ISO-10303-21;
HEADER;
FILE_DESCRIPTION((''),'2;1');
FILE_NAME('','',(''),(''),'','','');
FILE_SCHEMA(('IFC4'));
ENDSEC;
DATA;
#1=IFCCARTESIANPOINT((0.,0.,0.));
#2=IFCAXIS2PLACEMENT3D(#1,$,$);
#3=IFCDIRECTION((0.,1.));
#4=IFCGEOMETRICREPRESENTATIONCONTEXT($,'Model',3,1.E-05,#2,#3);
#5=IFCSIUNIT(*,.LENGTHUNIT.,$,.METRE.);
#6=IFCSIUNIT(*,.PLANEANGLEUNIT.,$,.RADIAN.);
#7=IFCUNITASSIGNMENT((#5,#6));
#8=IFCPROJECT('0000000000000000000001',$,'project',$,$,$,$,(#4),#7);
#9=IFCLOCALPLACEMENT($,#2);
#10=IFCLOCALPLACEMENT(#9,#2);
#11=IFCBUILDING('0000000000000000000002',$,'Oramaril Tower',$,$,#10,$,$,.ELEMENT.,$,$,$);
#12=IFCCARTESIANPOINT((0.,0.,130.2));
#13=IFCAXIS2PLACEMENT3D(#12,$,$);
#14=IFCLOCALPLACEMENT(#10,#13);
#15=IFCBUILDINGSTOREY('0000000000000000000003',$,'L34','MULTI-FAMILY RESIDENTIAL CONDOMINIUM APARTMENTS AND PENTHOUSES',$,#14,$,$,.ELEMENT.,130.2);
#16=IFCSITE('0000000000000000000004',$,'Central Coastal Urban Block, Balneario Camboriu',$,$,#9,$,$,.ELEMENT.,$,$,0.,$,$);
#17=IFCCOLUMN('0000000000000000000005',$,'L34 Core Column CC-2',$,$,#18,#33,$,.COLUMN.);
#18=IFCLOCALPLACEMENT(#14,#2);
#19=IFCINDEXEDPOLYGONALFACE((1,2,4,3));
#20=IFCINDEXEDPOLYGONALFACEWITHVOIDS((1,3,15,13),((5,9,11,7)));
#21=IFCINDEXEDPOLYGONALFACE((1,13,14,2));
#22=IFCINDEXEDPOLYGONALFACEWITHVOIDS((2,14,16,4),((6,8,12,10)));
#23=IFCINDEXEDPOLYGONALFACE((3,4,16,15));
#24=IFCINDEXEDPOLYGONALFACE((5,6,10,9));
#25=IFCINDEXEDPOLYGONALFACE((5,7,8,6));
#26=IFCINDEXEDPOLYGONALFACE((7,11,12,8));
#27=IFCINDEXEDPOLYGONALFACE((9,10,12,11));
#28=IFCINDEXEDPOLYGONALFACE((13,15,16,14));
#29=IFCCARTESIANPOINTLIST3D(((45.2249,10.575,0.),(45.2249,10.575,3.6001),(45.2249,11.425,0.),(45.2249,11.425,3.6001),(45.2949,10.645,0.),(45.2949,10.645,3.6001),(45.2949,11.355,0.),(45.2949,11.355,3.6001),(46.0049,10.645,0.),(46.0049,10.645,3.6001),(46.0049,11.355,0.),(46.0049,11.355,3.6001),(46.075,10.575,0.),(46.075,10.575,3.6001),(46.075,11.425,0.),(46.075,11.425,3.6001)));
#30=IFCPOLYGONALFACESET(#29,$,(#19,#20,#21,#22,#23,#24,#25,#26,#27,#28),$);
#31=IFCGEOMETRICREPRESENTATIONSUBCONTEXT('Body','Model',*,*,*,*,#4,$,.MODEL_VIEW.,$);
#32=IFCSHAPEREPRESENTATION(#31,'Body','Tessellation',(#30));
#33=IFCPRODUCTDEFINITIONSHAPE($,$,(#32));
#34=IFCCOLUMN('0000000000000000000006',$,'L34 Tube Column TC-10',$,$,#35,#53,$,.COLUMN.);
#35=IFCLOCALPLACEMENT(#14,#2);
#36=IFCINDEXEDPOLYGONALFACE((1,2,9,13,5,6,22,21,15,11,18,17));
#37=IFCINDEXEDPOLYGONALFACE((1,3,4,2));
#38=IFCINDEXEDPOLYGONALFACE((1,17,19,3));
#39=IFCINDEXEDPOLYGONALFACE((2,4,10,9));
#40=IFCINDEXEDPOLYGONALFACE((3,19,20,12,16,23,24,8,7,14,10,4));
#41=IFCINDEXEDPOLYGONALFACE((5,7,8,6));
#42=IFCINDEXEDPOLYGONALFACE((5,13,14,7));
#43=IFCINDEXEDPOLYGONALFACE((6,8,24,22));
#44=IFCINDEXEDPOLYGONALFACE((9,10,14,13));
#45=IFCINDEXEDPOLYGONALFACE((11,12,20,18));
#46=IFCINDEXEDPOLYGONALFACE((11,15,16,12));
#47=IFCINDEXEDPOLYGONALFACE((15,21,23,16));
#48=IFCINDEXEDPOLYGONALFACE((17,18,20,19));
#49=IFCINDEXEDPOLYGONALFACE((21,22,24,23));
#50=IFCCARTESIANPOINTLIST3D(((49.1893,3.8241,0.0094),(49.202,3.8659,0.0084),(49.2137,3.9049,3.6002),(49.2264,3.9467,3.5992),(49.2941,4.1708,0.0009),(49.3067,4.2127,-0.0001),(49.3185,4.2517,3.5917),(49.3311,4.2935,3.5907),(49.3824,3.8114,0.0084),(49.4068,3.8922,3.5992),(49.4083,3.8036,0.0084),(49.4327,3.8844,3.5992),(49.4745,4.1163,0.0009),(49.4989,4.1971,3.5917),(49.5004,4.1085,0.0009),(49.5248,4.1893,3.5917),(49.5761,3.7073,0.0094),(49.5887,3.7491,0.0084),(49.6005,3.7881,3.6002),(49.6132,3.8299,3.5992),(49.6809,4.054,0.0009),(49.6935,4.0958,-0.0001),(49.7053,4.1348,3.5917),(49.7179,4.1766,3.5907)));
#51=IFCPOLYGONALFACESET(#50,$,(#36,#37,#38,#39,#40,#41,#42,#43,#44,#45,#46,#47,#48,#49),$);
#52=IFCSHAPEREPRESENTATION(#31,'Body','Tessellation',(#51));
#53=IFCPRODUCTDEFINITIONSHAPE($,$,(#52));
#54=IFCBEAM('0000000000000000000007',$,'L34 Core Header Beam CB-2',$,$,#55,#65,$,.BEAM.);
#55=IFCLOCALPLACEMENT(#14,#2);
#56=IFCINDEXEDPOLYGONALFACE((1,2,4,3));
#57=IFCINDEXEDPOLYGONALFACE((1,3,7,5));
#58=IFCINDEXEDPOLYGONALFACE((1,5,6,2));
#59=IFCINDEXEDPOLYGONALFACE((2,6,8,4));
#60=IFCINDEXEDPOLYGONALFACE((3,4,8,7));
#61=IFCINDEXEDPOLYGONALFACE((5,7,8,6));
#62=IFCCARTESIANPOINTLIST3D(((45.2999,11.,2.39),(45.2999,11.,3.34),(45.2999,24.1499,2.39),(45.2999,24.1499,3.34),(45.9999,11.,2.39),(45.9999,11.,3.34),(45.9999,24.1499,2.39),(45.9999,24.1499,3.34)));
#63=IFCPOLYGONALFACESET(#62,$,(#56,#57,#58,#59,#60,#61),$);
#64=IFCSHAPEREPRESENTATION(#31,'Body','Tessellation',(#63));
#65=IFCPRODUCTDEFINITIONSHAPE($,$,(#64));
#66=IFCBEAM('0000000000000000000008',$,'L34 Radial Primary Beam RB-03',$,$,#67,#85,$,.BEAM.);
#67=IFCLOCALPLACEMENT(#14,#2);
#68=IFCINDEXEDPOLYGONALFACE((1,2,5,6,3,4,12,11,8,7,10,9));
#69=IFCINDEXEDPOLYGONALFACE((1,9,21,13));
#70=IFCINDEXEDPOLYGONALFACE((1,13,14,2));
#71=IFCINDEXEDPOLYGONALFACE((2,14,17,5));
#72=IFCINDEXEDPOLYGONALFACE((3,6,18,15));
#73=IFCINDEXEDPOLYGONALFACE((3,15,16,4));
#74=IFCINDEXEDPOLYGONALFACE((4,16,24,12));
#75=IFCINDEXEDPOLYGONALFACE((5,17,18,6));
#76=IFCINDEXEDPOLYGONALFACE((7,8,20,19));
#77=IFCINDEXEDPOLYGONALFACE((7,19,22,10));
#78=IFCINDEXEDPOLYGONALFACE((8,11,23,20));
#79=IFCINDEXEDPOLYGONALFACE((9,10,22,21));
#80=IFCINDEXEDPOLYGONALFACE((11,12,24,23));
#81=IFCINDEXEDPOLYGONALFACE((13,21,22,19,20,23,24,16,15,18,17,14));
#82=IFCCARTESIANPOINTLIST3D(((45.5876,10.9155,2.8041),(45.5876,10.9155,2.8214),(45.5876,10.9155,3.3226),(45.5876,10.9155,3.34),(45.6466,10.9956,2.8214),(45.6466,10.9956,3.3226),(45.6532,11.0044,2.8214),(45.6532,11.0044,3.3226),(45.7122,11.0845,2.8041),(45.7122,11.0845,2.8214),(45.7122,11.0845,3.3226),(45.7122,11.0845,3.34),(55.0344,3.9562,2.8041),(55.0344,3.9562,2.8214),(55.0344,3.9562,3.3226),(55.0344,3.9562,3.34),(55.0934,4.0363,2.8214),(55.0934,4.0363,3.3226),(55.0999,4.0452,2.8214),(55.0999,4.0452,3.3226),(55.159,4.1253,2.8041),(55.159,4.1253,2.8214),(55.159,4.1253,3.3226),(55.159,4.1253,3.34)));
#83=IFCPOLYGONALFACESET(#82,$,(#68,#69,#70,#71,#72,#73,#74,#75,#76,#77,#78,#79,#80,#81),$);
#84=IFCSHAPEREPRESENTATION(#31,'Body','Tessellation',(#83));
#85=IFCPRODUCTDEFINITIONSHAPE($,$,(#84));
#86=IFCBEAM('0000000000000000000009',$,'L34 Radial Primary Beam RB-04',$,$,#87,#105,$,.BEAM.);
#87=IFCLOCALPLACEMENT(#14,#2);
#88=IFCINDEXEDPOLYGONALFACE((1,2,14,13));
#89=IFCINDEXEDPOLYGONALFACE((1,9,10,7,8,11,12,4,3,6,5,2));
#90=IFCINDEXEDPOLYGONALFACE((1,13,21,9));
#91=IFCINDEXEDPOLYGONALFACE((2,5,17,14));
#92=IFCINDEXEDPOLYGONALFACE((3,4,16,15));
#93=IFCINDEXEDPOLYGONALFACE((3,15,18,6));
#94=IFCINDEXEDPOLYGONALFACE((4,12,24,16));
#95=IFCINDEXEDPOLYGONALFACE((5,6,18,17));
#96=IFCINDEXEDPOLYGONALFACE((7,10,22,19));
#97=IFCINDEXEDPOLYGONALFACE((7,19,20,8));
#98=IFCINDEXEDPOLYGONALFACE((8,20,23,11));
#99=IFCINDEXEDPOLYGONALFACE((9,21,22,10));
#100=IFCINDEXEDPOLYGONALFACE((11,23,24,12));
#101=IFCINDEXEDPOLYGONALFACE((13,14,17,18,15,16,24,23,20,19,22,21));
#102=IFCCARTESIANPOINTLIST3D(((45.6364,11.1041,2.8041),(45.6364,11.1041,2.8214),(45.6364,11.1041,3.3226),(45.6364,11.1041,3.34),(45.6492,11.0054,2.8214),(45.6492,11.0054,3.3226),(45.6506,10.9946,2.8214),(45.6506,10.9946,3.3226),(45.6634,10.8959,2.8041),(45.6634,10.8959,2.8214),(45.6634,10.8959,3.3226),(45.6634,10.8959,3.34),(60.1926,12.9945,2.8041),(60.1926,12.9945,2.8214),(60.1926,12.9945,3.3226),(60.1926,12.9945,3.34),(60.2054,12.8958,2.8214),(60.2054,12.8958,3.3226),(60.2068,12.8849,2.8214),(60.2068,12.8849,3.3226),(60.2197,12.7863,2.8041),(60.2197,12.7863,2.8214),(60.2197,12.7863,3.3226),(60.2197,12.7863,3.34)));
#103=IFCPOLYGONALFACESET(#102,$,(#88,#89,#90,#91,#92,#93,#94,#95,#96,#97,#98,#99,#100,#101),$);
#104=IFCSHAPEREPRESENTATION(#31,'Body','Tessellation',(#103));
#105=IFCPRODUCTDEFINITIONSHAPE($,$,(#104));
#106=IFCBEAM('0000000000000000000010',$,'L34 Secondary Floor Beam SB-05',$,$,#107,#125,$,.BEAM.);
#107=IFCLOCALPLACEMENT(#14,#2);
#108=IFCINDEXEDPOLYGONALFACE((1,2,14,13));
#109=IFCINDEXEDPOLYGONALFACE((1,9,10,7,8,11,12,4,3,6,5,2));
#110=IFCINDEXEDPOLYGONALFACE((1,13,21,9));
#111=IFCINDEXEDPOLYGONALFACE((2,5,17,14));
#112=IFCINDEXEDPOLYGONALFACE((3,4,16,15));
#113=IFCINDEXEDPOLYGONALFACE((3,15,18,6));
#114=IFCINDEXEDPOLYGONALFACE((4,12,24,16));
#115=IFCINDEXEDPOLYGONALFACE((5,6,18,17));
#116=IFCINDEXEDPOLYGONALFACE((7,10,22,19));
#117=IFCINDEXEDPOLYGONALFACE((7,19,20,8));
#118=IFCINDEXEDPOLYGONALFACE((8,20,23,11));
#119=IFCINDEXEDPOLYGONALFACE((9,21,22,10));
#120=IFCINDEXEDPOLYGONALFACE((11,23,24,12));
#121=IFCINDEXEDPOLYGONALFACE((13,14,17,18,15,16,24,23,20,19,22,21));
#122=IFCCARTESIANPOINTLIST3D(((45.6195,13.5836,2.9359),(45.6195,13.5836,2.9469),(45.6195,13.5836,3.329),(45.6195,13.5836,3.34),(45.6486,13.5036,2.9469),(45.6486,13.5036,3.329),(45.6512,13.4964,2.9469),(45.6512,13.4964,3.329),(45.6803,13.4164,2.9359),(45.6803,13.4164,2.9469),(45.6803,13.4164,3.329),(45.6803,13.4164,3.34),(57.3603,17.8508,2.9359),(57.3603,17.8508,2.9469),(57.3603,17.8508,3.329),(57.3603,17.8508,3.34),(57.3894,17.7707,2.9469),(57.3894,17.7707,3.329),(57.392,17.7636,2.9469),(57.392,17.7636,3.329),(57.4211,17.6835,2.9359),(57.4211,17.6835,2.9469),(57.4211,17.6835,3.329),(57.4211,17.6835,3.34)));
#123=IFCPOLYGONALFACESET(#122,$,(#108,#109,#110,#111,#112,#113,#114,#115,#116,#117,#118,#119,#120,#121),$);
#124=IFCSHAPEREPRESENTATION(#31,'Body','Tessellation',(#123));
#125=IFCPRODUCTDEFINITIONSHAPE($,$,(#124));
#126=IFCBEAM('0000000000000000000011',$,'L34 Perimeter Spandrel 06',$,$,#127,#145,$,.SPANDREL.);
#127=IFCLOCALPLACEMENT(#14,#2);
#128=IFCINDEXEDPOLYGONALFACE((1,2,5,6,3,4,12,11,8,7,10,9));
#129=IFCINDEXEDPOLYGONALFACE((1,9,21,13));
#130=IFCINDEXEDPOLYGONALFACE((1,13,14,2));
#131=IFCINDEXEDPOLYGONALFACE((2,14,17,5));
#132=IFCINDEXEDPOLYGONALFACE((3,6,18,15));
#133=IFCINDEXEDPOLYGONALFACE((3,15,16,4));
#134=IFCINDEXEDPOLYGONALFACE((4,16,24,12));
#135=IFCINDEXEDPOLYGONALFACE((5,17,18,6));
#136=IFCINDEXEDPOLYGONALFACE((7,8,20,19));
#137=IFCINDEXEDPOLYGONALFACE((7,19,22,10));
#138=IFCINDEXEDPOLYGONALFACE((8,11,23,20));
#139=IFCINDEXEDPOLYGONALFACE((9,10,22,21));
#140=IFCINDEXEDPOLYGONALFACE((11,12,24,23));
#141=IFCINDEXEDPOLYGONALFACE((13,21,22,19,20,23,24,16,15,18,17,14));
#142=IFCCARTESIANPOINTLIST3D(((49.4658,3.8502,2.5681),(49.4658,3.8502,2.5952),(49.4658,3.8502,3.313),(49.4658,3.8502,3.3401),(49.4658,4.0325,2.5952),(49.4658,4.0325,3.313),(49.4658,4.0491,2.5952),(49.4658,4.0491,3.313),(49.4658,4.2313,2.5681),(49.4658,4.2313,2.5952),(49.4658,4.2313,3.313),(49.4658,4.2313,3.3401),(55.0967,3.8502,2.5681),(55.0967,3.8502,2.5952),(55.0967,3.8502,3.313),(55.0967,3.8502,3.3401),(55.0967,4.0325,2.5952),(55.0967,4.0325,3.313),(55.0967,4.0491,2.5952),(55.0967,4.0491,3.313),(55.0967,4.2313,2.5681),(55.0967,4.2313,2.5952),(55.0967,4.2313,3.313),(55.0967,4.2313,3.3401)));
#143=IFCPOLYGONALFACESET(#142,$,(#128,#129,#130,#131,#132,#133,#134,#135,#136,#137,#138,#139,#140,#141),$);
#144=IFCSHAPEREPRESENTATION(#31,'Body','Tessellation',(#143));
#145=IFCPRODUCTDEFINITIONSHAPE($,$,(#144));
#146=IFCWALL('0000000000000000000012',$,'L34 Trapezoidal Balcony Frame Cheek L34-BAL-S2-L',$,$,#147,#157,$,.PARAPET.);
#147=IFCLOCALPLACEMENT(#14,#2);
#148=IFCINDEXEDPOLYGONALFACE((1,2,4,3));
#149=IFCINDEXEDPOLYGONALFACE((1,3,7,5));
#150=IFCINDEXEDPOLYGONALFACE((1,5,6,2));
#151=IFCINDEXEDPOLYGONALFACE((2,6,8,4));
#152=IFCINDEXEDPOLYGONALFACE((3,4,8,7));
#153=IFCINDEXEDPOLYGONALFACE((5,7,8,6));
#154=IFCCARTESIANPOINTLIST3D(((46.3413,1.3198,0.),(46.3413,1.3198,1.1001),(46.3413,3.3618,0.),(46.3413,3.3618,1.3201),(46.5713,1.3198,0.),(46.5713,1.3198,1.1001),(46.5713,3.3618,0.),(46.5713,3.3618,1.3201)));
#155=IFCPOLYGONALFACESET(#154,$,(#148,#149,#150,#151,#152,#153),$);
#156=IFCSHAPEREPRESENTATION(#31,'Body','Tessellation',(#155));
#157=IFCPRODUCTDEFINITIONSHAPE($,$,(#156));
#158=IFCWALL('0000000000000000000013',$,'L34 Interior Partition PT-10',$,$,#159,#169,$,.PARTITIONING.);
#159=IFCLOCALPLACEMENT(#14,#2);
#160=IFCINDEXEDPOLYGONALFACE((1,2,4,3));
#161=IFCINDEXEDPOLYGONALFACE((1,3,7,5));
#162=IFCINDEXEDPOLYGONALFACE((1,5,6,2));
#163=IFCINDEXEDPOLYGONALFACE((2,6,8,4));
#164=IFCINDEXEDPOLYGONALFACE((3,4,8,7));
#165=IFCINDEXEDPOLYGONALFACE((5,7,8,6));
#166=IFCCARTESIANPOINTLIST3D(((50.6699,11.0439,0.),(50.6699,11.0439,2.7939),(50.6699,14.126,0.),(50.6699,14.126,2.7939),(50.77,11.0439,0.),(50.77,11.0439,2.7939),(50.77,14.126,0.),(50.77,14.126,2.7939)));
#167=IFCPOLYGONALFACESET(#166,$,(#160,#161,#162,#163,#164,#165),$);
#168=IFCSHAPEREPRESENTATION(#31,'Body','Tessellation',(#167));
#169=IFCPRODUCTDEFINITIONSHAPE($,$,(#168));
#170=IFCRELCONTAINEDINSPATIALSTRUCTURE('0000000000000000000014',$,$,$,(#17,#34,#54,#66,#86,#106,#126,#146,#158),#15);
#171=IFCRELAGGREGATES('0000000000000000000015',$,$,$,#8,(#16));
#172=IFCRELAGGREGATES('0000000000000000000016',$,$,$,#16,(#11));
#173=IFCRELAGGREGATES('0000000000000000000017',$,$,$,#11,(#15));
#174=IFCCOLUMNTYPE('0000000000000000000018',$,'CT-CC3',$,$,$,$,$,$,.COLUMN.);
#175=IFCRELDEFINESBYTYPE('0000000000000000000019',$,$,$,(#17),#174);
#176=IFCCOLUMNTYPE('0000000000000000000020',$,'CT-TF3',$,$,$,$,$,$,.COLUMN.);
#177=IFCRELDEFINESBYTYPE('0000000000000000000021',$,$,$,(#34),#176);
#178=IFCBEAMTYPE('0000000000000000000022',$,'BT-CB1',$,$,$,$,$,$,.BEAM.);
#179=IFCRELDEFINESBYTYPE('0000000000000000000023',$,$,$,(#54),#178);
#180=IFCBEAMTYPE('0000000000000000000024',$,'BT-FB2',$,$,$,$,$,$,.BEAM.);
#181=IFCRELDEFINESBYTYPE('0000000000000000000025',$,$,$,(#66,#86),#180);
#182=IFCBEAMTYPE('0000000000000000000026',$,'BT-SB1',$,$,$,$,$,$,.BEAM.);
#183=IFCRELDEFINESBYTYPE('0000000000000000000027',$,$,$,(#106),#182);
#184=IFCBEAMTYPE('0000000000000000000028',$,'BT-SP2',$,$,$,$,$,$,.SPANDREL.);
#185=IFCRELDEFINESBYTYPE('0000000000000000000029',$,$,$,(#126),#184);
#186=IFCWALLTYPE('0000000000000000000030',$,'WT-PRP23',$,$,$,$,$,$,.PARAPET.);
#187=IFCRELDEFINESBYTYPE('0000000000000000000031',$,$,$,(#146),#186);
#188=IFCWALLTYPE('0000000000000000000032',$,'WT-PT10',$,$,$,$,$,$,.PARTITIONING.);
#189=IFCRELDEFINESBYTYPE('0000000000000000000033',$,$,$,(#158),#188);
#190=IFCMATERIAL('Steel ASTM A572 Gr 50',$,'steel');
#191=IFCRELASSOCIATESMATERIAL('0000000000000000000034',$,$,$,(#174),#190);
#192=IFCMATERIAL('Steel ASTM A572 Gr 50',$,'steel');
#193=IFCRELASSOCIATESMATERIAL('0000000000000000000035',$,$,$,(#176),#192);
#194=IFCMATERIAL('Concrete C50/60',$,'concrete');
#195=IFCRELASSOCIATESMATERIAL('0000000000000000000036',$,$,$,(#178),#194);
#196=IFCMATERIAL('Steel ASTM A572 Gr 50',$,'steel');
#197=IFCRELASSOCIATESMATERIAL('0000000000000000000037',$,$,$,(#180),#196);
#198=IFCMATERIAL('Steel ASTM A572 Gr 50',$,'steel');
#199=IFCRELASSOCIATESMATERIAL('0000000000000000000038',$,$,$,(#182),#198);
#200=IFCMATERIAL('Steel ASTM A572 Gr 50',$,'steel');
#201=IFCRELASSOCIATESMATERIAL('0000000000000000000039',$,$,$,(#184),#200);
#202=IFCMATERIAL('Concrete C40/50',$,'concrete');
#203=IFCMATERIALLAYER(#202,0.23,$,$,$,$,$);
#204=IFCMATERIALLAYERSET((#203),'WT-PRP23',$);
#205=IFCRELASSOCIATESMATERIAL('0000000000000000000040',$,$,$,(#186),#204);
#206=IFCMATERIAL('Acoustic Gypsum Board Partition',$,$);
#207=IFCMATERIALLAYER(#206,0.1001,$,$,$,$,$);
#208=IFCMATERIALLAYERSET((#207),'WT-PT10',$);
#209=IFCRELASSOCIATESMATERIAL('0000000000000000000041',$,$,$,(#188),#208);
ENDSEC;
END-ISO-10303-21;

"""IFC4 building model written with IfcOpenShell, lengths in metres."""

from ifc_helpers import new_model, si_unit, direction, frame, frame_2d, origin, origin_2d, place, context, subcontext, project, spatial, polyline, rectangle, hollow_rectangle, i_section, outline, extrude, material, layer, layer_set, material_profile, profile_set, type_object, element, save


model = new_model("IFC4")

# Units and contexts
model_context = context("Model", 3, precision=1e-05, world=origin(), true_north=direction((0.0, 1.0)))
body_context = subcontext(model_context, "Body", "Model", "MODEL_VIEW")
ifc_project = project(units=[si_unit("LENGTHUNIT", "METRE"), si_unit("PLANEANGLEUNIT", "RADIAN")], contexts=[model_context])

# Site, building, storey
site_placement = place(None, origin())
site = spatial("IfcSite", under=ifc_project, at=site_placement, Name="Central Coastal Urban Block, Balneario Camboriu", CompositionType="ELEMENT", RefElevation=0.0)
building_placement = place(site_placement, origin())
building = spatial("IfcBuilding", under=site, at=building_placement, Name="Oramaril Tower", CompositionType="ELEMENT")
storey_placement = place(building_placement, frame((0.0, 0.0, 130.2)))
storey = spatial("IfcBuildingStorey", under=building, at=storey_placement, Name="L34", Description="MULTI-FAMILY RESIDENTIAL CONDOMINIUM APARTMENTS AND PENTHOUSES", CompositionType="ELEMENT", Elevation=130.2)

# Columns
ifc_material_1 = material(Name="Steel ASTM A572 Gr 50", Category="steel")
ifc_material_profile_1 = material_profile(ifc_material_1, hollow_rectangle(XDim=0.8501, YDim=0.8501, WallThickness=0.0701, at=origin_2d()), Name="BOX850X850X70")
ifc_profile_set_1 = profile_set([ifc_material_profile_1], Name="Steel ASTM A572 Gr 50")
column_type_1 = type_object("IfcColumnType", Name="CT-CC3", PredefinedType="COLUMN", material=ifc_profile_set_1)
column_1_placement = place(storey_placement, frame((45.6499, 11.0, 0.0), z_axis=(0.0, 0.0, 1.0), x_axis=(1.0, 0.0, 0.0)))
element("IfcColumn", 1, at=column_1_placement, inside=storey, type_object=column_type_1, Name="L34 Core Column CC-2", PredefinedType="COLUMN", context=body_context, shape_type="SweptSolid", body=[
    extrude(hollow_rectangle(XDim=0.8501, YDim=0.8501, WallThickness=0.0701, at=origin_2d()), origin(), (0.0, 0.0, 1.0), 3.6001),
])
ifc_material_2 = material(Name="Steel ASTM A572 Gr 50", Category="steel")
ifc_material_profile_2 = material_profile(ifc_material_2, i_section(OverallWidth=0.4041, OverallDepth=0.406, WebThickness=0.0271, FlangeThickness=0.0437, at=origin_2d()), Name="W14X233")
ifc_profile_set_2 = profile_set([ifc_material_profile_2], Name="Steel ASTM A572 Gr 50")
column_type_2 = type_object("IfcColumnType", Name="CT-TF3", PredefinedType="COLUMN", material=ifc_profile_set_2)
column_2_placement = place(storey_placement, frame((49.4414, 3.96, 0.0046), z_axis=(0.006797, 0.022499, 0.999724), x_axis=(-0.957267, 0.289205, 0.0)))
element("IfcColumn", 2, at=column_2_placement, inside=storey, type_object=column_type_2, Name="L34 Tube Column TC-10", PredefinedType="COLUMN", context=body_context, shape_type="SweptSolid", body=[
    extrude(i_section(OverallWidth=0.4041, OverallDepth=0.406, WebThickness=0.0271, FlangeThickness=0.0437, at=origin_2d()), origin(), (0.0, 0.0, 1.0), 3.5918),
])

# Beams
ifc_material_3 = material(Name="Concrete C50/60", Category="concrete")
ifc_material_profile_3 = material_profile(ifc_material_3, rectangle(XDim=0.7, YDim=0.95, at=origin_2d()), Name="CB700X950")
ifc_profile_set_3 = profile_set([ifc_material_profile_3], Name="Concrete C50/60")
beam_type_1 = type_object("IfcBeamType", Name="BT-CB1", PredefinedType="BEAM", material=ifc_profile_set_3)
beam_1_placement = place(storey_placement, frame((45.6499, 11.0, 2.865), z_axis=(0.0, 1.0, 0.0), x_axis=(-1.0, 0.0, 0.0)))
element("IfcBeam", 3, at=beam_1_placement, inside=storey, type_object=beam_type_1, Name="L34 Core Header Beam CB-2", PredefinedType="BEAM", context=body_context, shape_type="SweptSolid", body=[
    extrude(rectangle(XDim=0.7, YDim=0.95, at=origin_2d()), origin(), (0.0, 0.0, 1.0), 13.1499),
])
ifc_material_4 = material(Name="Steel ASTM A572 Gr 50", Category="steel")
ifc_material_profile_4 = material_profile(ifc_material_4, i_section(OverallWidth=0.21, OverallDepth=0.5359, WebThickness=0.011, FlangeThickness=0.0173, at=origin_2d()), Name="W21X68")
ifc_profile_set_4 = profile_set([ifc_material_profile_4], Name="Steel ASTM A572 Gr 50")
beam_type_2 = type_object("IfcBeamType", Name="BT-FB2", PredefinedType="BEAM", material=ifc_profile_set_4)
beam_2_placement = place(storey_placement, frame((45.6499, 11.0, 3.072), z_axis=(0.805119, -0.593113, 0.0), x_axis=(0.593113, 0.805119, 0.0)))
element("IfcBeam", 4, at=beam_2_placement, inside=storey, type_object=beam_type_2, Name="L34 Radial Primary Beam RB-03", PredefinedType="BEAM", context=body_context, shape_type="SweptSolid", body=[
    extrude(i_section(OverallWidth=0.21, OverallDepth=0.5359, WebThickness=0.011, FlangeThickness=0.0173, at=origin_2d()), origin(), (0.0, 0.0, 1.0), 11.7334),
])
beam_3_placement = place(storey_placement, frame((45.6499, 11.0, 3.072), z_axis=(0.991672, 0.128787, 0.0), x_axis=(-0.128787, 0.991672, 0.0)))
element("IfcBeam", 5, at=beam_3_placement, inside=storey, type_object=beam_type_2, Name="L34 Radial Primary Beam RB-04", PredefinedType="BEAM", context=body_context, shape_type="SweptSolid", body=[
    extrude(i_section(OverallWidth=0.21, OverallDepth=0.5359, WebThickness=0.011, FlangeThickness=0.0173, at=origin_2d()), origin(), (0.0, 0.0, 1.0), 14.6785),
])
ifc_material_5 = material(Name="Steel ASTM A572 Gr 50", Category="steel")
ifc_material_profile_5 = material_profile(ifc_material_5, i_section(OverallWidth=0.178, OverallDepth=0.4041, WebThickness=0.0076, FlangeThickness=0.011, at=origin_2d()), Name="W16X36")
ifc_profile_set_5 = profile_set([ifc_material_profile_5], Name="Steel ASTM A572 Gr 50")
beam_type_3 = type_object("IfcBeamType", Name="BT-SB1", PredefinedType="BEAM", material=ifc_profile_set_5)
beam_4_placement = place(storey_placement, frame((45.6499, 13.5, 3.1379), z_axis=(0.939852, 0.341583, 0.0), x_axis=(-0.341583, 0.939852, 0.0)))
element("IfcBeam", 6, at=beam_4_placement, inside=storey, type_object=beam_type_3, Name="L34 Secondary Floor Beam SB-05", PredefinedType="BEAM", context=body_context, shape_type="SweptSolid", body=[
    extrude(i_section(OverallWidth=0.178, OverallDepth=0.4041, WebThickness=0.0076, FlangeThickness=0.011, at=origin_2d()), origin(), (0.0, 0.0, 1.0), 12.4922),
])
ifc_material_6 = material(Name="Steel ASTM A572 Gr 50", Category="steel")
ifc_material_profile_6 = material_profile(ifc_material_6, i_section(OverallWidth=0.3811, OverallDepth=0.772, WebThickness=0.0166, FlangeThickness=0.0271, at=origin_2d()), Name="W30X173")
ifc_profile_set_6 = profile_set([ifc_material_profile_6], Name="Steel ASTM A572 Gr 50")
beam_type_4 = type_object("IfcBeamType", Name="BT-SP2", PredefinedType="SPANDREL", material=ifc_profile_set_6)
beam_5_placement = place(storey_placement, frame((49.4658, 4.0408, 2.9541), z_axis=(1.0, 0.0, 0.0), x_axis=(0.0, 1.0, 0.0)))
element("IfcBeam", 7, at=beam_5_placement, inside=storey, type_object=beam_type_4, Name="L34 Perimeter Spandrel 06", PredefinedType="SPANDREL", context=body_context, shape_type="SweptSolid", body=[
    extrude(i_section(OverallWidth=0.3811, OverallDepth=0.772, WebThickness=0.0166, FlangeThickness=0.0271, at=origin_2d()), origin(), (0.0, 0.0, 1.0), 5.6309),
])

# Walls
ifc_material_7 = material(Name="Concrete C40/50", Category="concrete")
ifc_layer_1 = layer(ifc_material_7, 0.23)
ifc_layer_set_1 = layer_set([ifc_layer_1], Name="WT-PRP23")
wall_type_1 = type_object("IfcWallType", Name="WT-PRP23", PredefinedType="PARAPET", material=ifc_layer_set_1)
wall_1_placement = place(storey_placement, frame((46.4563, 3.3618, 0.0), z_axis=(0.0, 0.0, 1.0), x_axis=(0.0, -1.0, 0.0)))
element("IfcWall", 8, at=wall_1_placement, inside=storey, type_object=wall_type_1, Name="L34 Trapezoidal Balcony Frame Cheek L34-BAL-S2-L", PredefinedType="PARAPET", context=body_context, shape_type="SweptSolid", body=[
    extrude(outline(polyline([(0.0, 0.0), (2.042, 0.0), (2.042, 1.1001), (0.0, 1.3201), (0.0, 0.0)])), frame((0.0, 0.115, 0.0), z_axis=(0.0, -1.0, 0.0), x_axis=(1.0, 0.0, 0.0)), (0.0, 0.0, 1.0), 0.23),
])
ifc_material_8 = material(Name="Acoustic Gypsum Board Partition")
ifc_layer_2 = layer(ifc_material_8, 0.1001)
ifc_layer_set_2 = layer_set([ifc_layer_2], Name="WT-PT10")
wall_type_2 = type_object("IfcWallType", Name="WT-PT10", PredefinedType="PARTITIONING", material=ifc_layer_set_2)
wall_2_placement = place(storey_placement, frame((50.72, 11.0439, 0.0), z_axis=(0.0, 0.0, 1.0), x_axis=(0.0, 1.0, 0.0)))
element("IfcWall", 9, at=wall_2_placement, inside=storey, type_object=wall_type_2, Name="L34 Interior Partition PT-10", PredefinedType="PARTITIONING", context=body_context, shape_type="SweptSolid", body=[
    extrude(rectangle(XDim=3.082, YDim=0.1001, at=frame_2d((1.541, 0.0))), origin(), (0.0, 0.0, 1.0), 2.7939),
])

save(model, "model.ifc")
